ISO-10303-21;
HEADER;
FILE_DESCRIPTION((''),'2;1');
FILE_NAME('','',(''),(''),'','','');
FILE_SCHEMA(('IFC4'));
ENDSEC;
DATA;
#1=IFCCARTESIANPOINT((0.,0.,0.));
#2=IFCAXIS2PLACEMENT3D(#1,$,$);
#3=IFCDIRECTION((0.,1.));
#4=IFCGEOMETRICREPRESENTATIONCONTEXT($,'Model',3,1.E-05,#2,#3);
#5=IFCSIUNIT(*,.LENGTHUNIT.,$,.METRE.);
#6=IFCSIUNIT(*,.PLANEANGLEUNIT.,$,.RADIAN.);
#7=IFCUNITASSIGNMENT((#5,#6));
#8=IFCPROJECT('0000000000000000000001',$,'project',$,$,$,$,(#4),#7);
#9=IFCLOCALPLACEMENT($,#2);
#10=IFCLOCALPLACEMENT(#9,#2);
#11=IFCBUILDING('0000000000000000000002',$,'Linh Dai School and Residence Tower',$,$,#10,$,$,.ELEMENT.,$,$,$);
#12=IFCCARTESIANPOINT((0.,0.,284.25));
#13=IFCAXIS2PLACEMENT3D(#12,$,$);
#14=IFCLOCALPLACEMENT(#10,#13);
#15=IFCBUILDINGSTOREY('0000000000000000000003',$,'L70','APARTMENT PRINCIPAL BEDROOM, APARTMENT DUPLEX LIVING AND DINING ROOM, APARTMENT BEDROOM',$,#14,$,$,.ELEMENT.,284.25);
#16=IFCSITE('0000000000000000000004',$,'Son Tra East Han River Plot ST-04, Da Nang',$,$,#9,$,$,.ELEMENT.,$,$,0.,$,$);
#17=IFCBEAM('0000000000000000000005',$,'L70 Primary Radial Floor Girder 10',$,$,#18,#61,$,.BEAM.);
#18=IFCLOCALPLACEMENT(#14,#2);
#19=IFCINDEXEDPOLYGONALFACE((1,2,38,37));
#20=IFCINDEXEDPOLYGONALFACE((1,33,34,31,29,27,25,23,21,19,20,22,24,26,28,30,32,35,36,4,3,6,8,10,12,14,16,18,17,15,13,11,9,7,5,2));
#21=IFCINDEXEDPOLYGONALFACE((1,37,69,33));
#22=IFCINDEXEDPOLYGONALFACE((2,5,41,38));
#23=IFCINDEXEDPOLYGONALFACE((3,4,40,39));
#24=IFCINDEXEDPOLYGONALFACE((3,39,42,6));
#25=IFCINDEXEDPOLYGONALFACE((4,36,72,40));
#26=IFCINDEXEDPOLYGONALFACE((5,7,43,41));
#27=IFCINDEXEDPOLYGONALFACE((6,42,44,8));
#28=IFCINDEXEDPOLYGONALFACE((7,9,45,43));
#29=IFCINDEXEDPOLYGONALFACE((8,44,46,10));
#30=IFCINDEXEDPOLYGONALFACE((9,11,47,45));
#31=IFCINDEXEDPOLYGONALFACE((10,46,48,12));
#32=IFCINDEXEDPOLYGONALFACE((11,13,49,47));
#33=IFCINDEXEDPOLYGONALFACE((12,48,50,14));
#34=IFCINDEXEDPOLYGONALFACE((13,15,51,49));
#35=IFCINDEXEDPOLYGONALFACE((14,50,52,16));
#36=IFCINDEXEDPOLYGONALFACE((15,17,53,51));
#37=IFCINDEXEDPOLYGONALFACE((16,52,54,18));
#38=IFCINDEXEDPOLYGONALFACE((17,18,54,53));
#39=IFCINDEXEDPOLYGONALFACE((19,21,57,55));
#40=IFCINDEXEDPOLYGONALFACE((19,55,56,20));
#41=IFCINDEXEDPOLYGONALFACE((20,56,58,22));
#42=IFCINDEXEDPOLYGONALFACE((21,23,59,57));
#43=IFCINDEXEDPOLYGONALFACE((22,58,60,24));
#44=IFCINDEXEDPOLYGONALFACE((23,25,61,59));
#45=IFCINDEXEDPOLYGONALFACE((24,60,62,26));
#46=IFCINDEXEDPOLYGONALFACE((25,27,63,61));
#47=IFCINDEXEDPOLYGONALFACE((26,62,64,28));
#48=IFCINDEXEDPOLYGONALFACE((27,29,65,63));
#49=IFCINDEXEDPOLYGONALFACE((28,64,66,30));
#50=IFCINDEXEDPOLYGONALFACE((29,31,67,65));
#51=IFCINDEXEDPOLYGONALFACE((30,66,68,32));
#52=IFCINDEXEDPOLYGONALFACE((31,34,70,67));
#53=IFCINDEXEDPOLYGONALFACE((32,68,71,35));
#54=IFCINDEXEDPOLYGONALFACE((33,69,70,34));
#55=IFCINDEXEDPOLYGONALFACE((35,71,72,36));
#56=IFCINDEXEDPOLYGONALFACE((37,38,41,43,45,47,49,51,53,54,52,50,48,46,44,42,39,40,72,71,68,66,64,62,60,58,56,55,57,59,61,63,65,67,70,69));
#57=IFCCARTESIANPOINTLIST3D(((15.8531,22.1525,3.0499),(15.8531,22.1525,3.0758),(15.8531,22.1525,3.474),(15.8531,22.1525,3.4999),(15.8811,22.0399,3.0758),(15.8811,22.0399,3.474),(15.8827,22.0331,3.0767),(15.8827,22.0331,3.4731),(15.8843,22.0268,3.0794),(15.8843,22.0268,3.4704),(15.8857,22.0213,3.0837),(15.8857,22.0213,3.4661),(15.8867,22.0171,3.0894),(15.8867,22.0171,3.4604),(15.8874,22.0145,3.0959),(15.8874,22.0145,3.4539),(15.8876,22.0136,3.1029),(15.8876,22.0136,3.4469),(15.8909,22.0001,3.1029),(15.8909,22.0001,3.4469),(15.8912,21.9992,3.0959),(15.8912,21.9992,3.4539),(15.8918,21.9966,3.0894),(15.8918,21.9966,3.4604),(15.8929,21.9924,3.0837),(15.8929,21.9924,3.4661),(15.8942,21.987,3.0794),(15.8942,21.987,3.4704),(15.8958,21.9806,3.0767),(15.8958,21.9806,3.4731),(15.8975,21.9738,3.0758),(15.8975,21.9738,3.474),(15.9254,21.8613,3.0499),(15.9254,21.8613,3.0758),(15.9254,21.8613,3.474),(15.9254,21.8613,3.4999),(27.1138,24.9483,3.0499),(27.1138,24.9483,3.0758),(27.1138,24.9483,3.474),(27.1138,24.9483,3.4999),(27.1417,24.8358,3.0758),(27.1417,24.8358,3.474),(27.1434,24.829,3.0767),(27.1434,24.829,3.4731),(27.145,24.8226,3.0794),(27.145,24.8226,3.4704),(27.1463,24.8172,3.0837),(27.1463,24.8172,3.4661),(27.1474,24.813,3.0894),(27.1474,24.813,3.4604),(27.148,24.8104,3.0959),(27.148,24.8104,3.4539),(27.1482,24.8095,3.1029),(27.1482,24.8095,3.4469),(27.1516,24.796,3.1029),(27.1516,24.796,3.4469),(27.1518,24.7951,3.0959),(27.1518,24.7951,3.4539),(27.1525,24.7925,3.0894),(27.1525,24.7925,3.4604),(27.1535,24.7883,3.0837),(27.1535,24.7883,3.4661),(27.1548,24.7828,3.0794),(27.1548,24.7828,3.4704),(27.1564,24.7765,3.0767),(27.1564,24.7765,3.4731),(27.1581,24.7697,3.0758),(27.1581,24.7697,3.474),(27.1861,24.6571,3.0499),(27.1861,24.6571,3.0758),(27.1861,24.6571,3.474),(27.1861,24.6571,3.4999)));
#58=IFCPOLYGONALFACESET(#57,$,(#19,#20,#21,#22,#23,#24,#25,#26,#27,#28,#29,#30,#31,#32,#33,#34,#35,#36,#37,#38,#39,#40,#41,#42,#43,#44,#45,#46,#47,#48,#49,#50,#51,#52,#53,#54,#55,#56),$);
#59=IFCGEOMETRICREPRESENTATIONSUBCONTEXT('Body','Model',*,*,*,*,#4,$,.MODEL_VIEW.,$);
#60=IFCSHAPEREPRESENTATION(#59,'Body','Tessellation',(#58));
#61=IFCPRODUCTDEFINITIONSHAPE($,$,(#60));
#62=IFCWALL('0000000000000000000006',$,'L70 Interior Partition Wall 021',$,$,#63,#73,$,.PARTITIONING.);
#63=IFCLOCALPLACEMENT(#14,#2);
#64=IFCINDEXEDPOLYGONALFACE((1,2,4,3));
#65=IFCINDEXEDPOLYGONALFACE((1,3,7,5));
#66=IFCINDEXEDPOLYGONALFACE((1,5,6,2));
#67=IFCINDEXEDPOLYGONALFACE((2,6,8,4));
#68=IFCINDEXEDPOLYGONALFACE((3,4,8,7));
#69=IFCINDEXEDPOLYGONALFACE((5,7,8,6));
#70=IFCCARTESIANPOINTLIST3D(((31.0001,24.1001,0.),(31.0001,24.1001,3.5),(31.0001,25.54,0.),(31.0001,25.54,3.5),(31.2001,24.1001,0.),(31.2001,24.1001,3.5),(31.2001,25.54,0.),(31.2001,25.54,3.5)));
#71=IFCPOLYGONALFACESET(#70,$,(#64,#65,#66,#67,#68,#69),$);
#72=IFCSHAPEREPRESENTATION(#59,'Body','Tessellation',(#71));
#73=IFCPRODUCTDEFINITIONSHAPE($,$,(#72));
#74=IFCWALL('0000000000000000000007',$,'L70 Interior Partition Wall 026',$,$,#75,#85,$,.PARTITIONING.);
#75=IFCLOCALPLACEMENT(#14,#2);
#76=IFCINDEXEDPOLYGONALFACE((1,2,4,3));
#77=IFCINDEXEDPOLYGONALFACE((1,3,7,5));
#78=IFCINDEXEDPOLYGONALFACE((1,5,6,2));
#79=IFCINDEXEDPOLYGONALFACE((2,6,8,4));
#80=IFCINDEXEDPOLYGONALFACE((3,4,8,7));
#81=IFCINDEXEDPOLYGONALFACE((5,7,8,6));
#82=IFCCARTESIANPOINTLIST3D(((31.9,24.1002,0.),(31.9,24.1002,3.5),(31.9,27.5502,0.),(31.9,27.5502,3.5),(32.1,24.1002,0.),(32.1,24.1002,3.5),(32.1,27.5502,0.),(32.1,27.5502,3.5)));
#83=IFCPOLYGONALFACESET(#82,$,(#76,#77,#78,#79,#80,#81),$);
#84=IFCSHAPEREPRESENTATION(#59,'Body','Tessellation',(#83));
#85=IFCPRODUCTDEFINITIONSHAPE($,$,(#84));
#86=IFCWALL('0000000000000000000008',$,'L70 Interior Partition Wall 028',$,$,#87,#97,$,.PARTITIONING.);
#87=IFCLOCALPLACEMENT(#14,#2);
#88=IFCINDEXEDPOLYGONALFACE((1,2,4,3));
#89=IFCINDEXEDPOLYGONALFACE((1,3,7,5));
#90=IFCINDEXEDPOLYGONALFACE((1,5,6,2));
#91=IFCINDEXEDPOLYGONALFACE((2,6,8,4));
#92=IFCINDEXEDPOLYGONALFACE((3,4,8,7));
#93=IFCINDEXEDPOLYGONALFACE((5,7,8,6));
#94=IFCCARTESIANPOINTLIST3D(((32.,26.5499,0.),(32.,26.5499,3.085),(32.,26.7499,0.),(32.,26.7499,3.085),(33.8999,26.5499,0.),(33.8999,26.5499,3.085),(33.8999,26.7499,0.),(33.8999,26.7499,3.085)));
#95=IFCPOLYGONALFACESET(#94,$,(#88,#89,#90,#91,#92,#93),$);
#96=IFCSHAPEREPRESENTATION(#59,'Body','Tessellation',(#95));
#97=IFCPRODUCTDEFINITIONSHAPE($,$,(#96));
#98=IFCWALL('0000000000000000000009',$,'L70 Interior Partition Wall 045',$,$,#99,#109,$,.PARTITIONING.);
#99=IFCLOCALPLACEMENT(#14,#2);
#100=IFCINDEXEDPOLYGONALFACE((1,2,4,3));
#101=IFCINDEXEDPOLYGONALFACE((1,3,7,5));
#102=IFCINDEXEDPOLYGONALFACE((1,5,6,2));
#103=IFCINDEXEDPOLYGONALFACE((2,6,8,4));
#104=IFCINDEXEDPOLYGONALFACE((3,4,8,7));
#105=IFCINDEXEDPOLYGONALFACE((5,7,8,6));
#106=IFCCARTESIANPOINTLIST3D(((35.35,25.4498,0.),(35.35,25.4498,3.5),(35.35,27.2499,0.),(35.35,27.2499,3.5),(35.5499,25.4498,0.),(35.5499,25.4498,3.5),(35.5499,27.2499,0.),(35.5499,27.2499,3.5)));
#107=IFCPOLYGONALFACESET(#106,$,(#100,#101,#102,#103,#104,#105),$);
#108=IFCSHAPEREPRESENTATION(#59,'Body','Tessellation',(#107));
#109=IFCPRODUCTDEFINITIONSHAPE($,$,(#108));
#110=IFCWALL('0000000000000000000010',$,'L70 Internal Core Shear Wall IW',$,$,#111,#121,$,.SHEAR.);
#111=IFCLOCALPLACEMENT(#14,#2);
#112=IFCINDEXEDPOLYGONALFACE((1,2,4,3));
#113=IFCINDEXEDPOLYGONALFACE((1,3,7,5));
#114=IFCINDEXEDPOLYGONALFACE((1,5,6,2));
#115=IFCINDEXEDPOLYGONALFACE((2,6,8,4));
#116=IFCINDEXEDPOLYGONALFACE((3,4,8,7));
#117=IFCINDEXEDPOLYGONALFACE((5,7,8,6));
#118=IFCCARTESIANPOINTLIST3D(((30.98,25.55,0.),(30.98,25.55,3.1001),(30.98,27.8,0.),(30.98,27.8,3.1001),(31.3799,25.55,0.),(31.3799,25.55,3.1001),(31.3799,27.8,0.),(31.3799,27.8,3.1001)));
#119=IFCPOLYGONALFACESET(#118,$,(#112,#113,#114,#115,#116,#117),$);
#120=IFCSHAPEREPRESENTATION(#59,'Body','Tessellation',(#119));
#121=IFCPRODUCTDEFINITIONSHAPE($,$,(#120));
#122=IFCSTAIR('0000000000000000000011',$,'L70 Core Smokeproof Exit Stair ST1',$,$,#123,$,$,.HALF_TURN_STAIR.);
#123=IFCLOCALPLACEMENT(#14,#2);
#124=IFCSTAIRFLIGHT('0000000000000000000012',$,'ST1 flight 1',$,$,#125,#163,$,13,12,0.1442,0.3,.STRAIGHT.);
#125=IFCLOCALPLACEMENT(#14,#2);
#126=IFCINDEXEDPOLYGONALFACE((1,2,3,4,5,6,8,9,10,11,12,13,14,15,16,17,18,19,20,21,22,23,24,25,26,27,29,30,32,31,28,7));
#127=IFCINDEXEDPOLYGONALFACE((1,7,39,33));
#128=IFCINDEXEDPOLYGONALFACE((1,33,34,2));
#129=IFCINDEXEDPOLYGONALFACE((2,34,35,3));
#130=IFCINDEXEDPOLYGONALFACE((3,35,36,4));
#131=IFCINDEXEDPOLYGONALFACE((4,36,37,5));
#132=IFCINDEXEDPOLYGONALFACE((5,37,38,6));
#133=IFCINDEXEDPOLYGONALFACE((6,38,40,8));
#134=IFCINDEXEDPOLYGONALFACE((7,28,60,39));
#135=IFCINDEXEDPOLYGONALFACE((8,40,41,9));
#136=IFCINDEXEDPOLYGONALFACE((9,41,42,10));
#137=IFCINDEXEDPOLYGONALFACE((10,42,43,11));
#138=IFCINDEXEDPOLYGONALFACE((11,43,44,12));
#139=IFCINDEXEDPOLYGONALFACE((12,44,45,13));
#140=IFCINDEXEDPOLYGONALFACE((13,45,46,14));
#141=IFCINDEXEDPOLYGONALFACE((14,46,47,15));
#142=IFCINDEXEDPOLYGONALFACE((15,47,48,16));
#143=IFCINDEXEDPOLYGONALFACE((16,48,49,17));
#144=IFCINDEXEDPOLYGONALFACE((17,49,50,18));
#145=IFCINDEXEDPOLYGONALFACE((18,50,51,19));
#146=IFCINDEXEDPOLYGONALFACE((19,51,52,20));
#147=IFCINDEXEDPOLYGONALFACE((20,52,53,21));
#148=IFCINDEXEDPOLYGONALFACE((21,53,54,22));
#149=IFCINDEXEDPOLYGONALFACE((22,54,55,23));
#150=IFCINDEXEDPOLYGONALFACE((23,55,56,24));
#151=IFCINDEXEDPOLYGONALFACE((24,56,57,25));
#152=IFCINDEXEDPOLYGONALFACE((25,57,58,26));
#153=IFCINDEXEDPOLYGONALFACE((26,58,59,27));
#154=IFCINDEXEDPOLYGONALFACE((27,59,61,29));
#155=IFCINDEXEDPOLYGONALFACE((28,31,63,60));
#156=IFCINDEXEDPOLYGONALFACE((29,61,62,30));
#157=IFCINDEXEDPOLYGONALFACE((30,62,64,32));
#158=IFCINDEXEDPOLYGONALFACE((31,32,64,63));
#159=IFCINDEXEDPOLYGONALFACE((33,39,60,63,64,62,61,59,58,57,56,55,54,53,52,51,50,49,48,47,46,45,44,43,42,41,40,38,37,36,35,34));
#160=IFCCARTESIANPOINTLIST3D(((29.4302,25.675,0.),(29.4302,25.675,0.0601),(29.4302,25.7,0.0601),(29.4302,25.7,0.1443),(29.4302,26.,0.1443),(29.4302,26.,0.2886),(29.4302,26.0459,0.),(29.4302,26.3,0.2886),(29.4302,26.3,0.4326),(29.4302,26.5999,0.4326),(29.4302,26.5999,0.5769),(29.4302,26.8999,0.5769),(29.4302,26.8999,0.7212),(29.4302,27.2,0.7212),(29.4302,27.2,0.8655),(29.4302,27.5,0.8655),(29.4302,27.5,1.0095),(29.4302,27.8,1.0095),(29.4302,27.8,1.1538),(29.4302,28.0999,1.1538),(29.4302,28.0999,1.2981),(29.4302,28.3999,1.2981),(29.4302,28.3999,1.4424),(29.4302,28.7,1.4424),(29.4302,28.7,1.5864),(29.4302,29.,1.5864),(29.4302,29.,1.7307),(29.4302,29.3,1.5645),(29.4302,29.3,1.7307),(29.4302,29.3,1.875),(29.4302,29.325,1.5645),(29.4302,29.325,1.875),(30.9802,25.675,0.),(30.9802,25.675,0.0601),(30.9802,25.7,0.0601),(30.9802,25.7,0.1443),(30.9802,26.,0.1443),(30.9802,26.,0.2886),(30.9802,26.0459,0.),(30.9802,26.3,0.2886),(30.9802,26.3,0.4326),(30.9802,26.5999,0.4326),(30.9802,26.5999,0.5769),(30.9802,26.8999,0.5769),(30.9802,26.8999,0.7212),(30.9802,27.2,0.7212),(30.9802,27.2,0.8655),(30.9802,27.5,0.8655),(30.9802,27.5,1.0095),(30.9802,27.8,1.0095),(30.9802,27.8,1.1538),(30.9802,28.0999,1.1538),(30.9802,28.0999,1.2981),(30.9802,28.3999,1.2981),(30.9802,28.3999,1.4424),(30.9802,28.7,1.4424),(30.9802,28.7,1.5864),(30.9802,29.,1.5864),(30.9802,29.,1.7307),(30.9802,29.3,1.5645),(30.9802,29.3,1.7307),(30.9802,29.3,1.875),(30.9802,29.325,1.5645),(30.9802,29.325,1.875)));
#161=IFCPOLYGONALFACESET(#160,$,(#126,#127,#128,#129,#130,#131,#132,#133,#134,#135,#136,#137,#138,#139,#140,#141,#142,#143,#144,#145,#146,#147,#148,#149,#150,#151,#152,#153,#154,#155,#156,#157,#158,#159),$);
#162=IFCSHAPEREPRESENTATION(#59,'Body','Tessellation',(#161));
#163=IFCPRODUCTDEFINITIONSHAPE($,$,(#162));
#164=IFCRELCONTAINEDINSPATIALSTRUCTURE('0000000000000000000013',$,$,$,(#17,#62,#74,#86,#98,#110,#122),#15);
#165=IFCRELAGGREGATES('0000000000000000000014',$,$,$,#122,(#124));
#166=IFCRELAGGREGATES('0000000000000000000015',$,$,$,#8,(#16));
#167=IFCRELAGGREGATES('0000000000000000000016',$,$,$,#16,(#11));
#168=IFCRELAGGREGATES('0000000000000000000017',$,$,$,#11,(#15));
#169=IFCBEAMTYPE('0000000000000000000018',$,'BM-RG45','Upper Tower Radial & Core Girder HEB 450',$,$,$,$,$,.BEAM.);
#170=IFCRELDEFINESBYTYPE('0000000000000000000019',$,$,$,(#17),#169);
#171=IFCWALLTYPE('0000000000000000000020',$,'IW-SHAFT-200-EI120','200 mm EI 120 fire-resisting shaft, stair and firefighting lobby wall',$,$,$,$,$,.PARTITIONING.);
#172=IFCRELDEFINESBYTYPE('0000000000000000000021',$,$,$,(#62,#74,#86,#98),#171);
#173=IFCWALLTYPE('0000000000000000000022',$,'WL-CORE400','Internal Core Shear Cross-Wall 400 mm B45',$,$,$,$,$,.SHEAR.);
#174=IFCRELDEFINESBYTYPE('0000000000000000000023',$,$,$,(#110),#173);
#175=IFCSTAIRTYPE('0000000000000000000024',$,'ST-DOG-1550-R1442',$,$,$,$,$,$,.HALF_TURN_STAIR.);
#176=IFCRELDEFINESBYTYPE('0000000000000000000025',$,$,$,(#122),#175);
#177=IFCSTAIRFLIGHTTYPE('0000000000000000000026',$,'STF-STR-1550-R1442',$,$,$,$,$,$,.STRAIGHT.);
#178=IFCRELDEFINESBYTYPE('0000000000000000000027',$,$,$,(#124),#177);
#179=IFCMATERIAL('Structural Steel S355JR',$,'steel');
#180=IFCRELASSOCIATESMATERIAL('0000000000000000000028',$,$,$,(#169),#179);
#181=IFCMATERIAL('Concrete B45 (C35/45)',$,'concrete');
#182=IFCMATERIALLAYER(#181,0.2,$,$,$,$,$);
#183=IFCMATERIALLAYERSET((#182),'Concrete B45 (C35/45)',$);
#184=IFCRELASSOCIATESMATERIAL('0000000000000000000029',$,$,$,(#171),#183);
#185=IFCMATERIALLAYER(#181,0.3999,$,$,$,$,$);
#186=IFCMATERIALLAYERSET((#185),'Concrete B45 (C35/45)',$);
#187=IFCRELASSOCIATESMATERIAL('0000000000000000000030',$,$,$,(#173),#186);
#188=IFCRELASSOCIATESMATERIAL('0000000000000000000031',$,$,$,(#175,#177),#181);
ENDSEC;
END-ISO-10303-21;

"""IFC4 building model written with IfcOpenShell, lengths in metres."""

from ifc_helpers import new_model, si_unit, direction, frame, frame_2d, origin, origin_2d, place, context, subcontext, project, spatial, polyline, rectangle, i_section, outline, extrude, source, transform, mapped, material, layer, layer_set, material_profile, profile_set, type_object, element, aggregate, save


model = new_model("IFC4")

# Units and contexts
model_context = context("Model", 3, precision=1e-05, world=origin(), true_north=direction((0.0, 1.0)))
body_context = subcontext(model_context, "Body", "Model", "MODEL_VIEW")
ifc_project = project(units=[si_unit("LENGTHUNIT", "METRE"), si_unit("PLANEANGLEUNIT", "RADIAN")], contexts=[model_context])

# Site, building, storey
site_placement = place(None, origin())
site = spatial("IfcSite", under=ifc_project, at=site_placement, Name="Son Tra East Han River Plot ST-04, Da Nang", CompositionType="ELEMENT", RefElevation=0.0)
building_placement = place(site_placement, origin())
building = spatial("IfcBuilding", under=site, at=building_placement, Name="Linh Dai School and Residence Tower", CompositionType="ELEMENT")
storey_placement = place(building_placement, frame((0.0, 0.0, 284.25)))
storey = spatial("IfcBuildingStorey", under=building, at=storey_placement, Name="L70", Description="APARTMENT PRINCIPAL BEDROOM, APARTMENT DUPLEX LIVING AND DINING ROOM, APARTMENT BEDROOM", CompositionType="ELEMENT", Elevation=284.25)

# Shared definitions
ifc_material_1 = material(Name="Structural Steel S355JR", Category="steel")

# Beam
ifc_material_profile_1 = material_profile(ifc_material_1, i_section(OverallWidth=0.3, OverallDepth=0.45, WebThickness=0.0139, FlangeThickness=0.0259, FilletRadius=0.0271, at=origin_2d()), Name="HEB 450")
ifc_profile_set_1 = profile_set([ifc_material_profile_1], Name="Structural Steel S355JR")
beam_type = type_object("IfcBeamType", Name="BM-RG45", Description="Upper Tower Radial & Core Girder HEB 450", PredefinedType="BEAM", material=ifc_profile_set_1)
beam_placement = place(storey_placement, frame((27.1499, 24.8027, 3.2749), z_axis=(-0.970532, -0.240971, 0.0), x_axis=(0.240971, -0.970532, 0.0)))
element("IfcBeam", 1, at=beam_placement, inside=storey, type_object=beam_type, Name="L70 Primary Radial Floor Girder 10", PredefinedType="BEAM", context=body_context, shape_type="SweptSolid", body=[
    extrude(i_section(OverallWidth=0.3, OverallDepth=0.45, WebThickness=0.0139, FlangeThickness=0.0259, FilletRadius=0.0271, at=origin_2d()), origin(), (0.0, 0.0, 1.0), 11.6025),
])

# Shared definitions
ifc_material_2 = material(Name="Concrete B45 (C35/45)", Category="concrete")
ifc_layer_1 = layer(ifc_material_2, 0.2)
ifc_layer_set_1 = layer_set([ifc_layer_1], Name="Concrete B45 (C35/45)")
wall_type_1 = type_object("IfcWallType", Name="IW-SHAFT-200-EI120", Description="200 mm EI 120 fire-resisting shaft, stair and firefighting lobby wall", PredefinedType="PARTITIONING", material=ifc_layer_set_1)

# Walls
wall_1_placement = place(storey_placement, frame((31.1001, 24.1001, 0.0), z_axis=(0.0, 0.0, 1.0), x_axis=(0.0, 1.0, 0.0)))
element("IfcWall", 2, at=wall_1_placement, inside=storey, type_object=wall_type_1, Name="L70 Interior Partition Wall 021", PredefinedType="PARTITIONING", context=body_context, shape_type="SweptSolid", body=[
    extrude(rectangle(XDim=1.4399, YDim=0.2, at=frame_2d((0.72, 0.0))), origin(), (0.0, 0.0, 1.0), 3.5),
])
wall_2_placement = place(storey_placement, frame((32.0, 24.1001, 0.0), z_axis=(0.0, 0.0, 1.0), x_axis=(0.0, 1.0, 0.0)))
element("IfcWall", 3, at=wall_2_placement, inside=storey, type_object=wall_type_1, Name="L70 Interior Partition Wall 026", PredefinedType="PARTITIONING", context=body_context, shape_type="SweptSolid", body=[
    extrude(rectangle(XDim=3.45, YDim=0.2, at=frame_2d((1.7251, 0.0))), origin(), (0.0, 0.0, 1.0), 3.5),
])

# Walls
wall_3_placement = place(storey_placement, frame((32.0, 26.6499, 0.0), z_axis=(0.0, 0.0, 1.0), x_axis=(1.0, 0.0, 0.0)))
element("IfcWall", 4, at=wall_3_placement, inside=storey, type_object=wall_type_1, Name="L70 Interior Partition Wall 028", PredefinedType="PARTITIONING", context=body_context, shape_type="SweptSolid", body=[
    extrude(rectangle(XDim=1.8999, YDim=0.2, at=frame_2d((0.95, 0.0))), origin(), (0.0, 0.0, 1.0), 3.085),
])
wall_4_placement = place(storey_placement, frame((35.45, 25.45, 0.0), z_axis=(0.0, 0.0, 1.0), x_axis=(0.0, 1.0, 0.0)))
element("IfcWall", 5, at=wall_4_placement, inside=storey, type_object=wall_type_1, Name="L70 Interior Partition Wall 045", PredefinedType="PARTITIONING", context=body_context, shape_type="SweptSolid", body=[
    extrude(rectangle(XDim=1.8, YDim=0.2, at=frame_2d((0.8999, 0.0))), origin(), (0.0, 0.0, 1.0), 3.5),
])

# Wall
ifc_layer_2 = layer(ifc_material_2, 0.3999)
ifc_layer_set_2 = layer_set([ifc_layer_2], Name="Concrete B45 (C35/45)")
wall_type_2 = type_object("IfcWallType", Name="WL-CORE400", Description="Internal Core Shear Cross-Wall 400 mm B45", PredefinedType="SHEAR", material=ifc_layer_set_2)
wall_5_placement = place(storey_placement, frame((31.1799, 25.55, 0.0), z_axis=(0.0, 0.0, 1.0), x_axis=(0.0, 1.0, 0.0)))
element("IfcWall", 6, at=wall_5_placement, inside=storey, type_object=wall_type_2, Name="L70 Internal Core Shear Wall IW", PredefinedType="SHEAR", context=body_context, shape_type="SweptSolid", body=[
    extrude(rectangle(XDim=2.25, YDim=0.3999, at=frame_2d((1.125, 0.0))), origin(), (0.0, 0.0, 1.0), 3.1001),
])

# Stair, stair flight
stair_type = type_object("IfcStairType", Name="ST-DOG-1550-R1442", PredefinedType="HALF_TURN_STAIR", material=ifc_material_2)
stair_placement = place(storey_placement, origin())
stair = element("IfcStair", 7, at=stair_placement, inside=storey, type_object=stair_type, Name="L70 Core Smokeproof Exit Stair ST1", PredefinedType="HALF_TURN_STAIR")
stair_flight_type = type_object("IfcStairFlightType", Name="STF-STR-1550-R1442", PredefinedType="STRAIGHT", material=ifc_material_2)
shared_shape_1 = source(origin(), body_context, "Body", "SweptSolid", [
    extrude(outline(polyline([(-0.0249, 0.0), (-0.0249, 0.0601), (0.0, 0.0601), (0.0, 0.1443), (0.3, 0.1443), (0.3, 0.2886), (0.6001, 0.2886), (0.6001, 0.4326), (0.8999, 0.4326), (0.8999, 0.5769), (1.2, 0.5769), (1.2, 0.7212), (1.5, 0.7212), (1.5, 0.8655), (1.8, 0.8655), (1.8, 1.0095), (2.1001, 1.0095), (2.1001, 1.1538), (2.3999, 1.1538), (2.3999, 1.2981), (2.7, 1.2981), (2.7, 1.4424), (3.0, 1.4424), (3.0, 1.5864), (3.3, 1.5864), (3.3, 1.7307), (3.6001, 1.7307), (3.6001, 1.875), (3.625, 1.875), (3.625, 1.5645), (3.6001, 1.5645), (0.3459, 0.0), (-0.0249, 0.0)])), frame((0.0, 0.7749, 0.0), z_axis=(0.0, -1.0, 0.0), x_axis=(1.0, 0.0, 0.0)), (0.0, 0.0, 1.0), 1.55),
])
stair_flight_placement = place(storey_placement, frame((30.2051, 25.7, 0.0), z_axis=(0.0, 0.0, 1.0), x_axis=(0.0, 1.0, 0.0)))
stair_flight = element("IfcStairFlight", 8, at=stair_flight_placement, type_object=stair_flight_type, Name="ST1 flight 1", NumberOfRisers=13, NumberOfTreads=12, PredefinedType="STRAIGHT", RiserHeight=0.1442, TreadLength=0.3, context=body_context, shape_type="MappedRepresentation", body=[
    mapped(shared_shape_1, transform((0.0, 0.0, 0.0), x_axis=(1.0, 0.0, 0.0), y_axis=(0.0, 1.0, 0.0), z_axis=(0.0, 0.0, 1.0), scale=1.0)),
])
aggregate(stair, [stair_flight])

save(model, "model.ifc")
